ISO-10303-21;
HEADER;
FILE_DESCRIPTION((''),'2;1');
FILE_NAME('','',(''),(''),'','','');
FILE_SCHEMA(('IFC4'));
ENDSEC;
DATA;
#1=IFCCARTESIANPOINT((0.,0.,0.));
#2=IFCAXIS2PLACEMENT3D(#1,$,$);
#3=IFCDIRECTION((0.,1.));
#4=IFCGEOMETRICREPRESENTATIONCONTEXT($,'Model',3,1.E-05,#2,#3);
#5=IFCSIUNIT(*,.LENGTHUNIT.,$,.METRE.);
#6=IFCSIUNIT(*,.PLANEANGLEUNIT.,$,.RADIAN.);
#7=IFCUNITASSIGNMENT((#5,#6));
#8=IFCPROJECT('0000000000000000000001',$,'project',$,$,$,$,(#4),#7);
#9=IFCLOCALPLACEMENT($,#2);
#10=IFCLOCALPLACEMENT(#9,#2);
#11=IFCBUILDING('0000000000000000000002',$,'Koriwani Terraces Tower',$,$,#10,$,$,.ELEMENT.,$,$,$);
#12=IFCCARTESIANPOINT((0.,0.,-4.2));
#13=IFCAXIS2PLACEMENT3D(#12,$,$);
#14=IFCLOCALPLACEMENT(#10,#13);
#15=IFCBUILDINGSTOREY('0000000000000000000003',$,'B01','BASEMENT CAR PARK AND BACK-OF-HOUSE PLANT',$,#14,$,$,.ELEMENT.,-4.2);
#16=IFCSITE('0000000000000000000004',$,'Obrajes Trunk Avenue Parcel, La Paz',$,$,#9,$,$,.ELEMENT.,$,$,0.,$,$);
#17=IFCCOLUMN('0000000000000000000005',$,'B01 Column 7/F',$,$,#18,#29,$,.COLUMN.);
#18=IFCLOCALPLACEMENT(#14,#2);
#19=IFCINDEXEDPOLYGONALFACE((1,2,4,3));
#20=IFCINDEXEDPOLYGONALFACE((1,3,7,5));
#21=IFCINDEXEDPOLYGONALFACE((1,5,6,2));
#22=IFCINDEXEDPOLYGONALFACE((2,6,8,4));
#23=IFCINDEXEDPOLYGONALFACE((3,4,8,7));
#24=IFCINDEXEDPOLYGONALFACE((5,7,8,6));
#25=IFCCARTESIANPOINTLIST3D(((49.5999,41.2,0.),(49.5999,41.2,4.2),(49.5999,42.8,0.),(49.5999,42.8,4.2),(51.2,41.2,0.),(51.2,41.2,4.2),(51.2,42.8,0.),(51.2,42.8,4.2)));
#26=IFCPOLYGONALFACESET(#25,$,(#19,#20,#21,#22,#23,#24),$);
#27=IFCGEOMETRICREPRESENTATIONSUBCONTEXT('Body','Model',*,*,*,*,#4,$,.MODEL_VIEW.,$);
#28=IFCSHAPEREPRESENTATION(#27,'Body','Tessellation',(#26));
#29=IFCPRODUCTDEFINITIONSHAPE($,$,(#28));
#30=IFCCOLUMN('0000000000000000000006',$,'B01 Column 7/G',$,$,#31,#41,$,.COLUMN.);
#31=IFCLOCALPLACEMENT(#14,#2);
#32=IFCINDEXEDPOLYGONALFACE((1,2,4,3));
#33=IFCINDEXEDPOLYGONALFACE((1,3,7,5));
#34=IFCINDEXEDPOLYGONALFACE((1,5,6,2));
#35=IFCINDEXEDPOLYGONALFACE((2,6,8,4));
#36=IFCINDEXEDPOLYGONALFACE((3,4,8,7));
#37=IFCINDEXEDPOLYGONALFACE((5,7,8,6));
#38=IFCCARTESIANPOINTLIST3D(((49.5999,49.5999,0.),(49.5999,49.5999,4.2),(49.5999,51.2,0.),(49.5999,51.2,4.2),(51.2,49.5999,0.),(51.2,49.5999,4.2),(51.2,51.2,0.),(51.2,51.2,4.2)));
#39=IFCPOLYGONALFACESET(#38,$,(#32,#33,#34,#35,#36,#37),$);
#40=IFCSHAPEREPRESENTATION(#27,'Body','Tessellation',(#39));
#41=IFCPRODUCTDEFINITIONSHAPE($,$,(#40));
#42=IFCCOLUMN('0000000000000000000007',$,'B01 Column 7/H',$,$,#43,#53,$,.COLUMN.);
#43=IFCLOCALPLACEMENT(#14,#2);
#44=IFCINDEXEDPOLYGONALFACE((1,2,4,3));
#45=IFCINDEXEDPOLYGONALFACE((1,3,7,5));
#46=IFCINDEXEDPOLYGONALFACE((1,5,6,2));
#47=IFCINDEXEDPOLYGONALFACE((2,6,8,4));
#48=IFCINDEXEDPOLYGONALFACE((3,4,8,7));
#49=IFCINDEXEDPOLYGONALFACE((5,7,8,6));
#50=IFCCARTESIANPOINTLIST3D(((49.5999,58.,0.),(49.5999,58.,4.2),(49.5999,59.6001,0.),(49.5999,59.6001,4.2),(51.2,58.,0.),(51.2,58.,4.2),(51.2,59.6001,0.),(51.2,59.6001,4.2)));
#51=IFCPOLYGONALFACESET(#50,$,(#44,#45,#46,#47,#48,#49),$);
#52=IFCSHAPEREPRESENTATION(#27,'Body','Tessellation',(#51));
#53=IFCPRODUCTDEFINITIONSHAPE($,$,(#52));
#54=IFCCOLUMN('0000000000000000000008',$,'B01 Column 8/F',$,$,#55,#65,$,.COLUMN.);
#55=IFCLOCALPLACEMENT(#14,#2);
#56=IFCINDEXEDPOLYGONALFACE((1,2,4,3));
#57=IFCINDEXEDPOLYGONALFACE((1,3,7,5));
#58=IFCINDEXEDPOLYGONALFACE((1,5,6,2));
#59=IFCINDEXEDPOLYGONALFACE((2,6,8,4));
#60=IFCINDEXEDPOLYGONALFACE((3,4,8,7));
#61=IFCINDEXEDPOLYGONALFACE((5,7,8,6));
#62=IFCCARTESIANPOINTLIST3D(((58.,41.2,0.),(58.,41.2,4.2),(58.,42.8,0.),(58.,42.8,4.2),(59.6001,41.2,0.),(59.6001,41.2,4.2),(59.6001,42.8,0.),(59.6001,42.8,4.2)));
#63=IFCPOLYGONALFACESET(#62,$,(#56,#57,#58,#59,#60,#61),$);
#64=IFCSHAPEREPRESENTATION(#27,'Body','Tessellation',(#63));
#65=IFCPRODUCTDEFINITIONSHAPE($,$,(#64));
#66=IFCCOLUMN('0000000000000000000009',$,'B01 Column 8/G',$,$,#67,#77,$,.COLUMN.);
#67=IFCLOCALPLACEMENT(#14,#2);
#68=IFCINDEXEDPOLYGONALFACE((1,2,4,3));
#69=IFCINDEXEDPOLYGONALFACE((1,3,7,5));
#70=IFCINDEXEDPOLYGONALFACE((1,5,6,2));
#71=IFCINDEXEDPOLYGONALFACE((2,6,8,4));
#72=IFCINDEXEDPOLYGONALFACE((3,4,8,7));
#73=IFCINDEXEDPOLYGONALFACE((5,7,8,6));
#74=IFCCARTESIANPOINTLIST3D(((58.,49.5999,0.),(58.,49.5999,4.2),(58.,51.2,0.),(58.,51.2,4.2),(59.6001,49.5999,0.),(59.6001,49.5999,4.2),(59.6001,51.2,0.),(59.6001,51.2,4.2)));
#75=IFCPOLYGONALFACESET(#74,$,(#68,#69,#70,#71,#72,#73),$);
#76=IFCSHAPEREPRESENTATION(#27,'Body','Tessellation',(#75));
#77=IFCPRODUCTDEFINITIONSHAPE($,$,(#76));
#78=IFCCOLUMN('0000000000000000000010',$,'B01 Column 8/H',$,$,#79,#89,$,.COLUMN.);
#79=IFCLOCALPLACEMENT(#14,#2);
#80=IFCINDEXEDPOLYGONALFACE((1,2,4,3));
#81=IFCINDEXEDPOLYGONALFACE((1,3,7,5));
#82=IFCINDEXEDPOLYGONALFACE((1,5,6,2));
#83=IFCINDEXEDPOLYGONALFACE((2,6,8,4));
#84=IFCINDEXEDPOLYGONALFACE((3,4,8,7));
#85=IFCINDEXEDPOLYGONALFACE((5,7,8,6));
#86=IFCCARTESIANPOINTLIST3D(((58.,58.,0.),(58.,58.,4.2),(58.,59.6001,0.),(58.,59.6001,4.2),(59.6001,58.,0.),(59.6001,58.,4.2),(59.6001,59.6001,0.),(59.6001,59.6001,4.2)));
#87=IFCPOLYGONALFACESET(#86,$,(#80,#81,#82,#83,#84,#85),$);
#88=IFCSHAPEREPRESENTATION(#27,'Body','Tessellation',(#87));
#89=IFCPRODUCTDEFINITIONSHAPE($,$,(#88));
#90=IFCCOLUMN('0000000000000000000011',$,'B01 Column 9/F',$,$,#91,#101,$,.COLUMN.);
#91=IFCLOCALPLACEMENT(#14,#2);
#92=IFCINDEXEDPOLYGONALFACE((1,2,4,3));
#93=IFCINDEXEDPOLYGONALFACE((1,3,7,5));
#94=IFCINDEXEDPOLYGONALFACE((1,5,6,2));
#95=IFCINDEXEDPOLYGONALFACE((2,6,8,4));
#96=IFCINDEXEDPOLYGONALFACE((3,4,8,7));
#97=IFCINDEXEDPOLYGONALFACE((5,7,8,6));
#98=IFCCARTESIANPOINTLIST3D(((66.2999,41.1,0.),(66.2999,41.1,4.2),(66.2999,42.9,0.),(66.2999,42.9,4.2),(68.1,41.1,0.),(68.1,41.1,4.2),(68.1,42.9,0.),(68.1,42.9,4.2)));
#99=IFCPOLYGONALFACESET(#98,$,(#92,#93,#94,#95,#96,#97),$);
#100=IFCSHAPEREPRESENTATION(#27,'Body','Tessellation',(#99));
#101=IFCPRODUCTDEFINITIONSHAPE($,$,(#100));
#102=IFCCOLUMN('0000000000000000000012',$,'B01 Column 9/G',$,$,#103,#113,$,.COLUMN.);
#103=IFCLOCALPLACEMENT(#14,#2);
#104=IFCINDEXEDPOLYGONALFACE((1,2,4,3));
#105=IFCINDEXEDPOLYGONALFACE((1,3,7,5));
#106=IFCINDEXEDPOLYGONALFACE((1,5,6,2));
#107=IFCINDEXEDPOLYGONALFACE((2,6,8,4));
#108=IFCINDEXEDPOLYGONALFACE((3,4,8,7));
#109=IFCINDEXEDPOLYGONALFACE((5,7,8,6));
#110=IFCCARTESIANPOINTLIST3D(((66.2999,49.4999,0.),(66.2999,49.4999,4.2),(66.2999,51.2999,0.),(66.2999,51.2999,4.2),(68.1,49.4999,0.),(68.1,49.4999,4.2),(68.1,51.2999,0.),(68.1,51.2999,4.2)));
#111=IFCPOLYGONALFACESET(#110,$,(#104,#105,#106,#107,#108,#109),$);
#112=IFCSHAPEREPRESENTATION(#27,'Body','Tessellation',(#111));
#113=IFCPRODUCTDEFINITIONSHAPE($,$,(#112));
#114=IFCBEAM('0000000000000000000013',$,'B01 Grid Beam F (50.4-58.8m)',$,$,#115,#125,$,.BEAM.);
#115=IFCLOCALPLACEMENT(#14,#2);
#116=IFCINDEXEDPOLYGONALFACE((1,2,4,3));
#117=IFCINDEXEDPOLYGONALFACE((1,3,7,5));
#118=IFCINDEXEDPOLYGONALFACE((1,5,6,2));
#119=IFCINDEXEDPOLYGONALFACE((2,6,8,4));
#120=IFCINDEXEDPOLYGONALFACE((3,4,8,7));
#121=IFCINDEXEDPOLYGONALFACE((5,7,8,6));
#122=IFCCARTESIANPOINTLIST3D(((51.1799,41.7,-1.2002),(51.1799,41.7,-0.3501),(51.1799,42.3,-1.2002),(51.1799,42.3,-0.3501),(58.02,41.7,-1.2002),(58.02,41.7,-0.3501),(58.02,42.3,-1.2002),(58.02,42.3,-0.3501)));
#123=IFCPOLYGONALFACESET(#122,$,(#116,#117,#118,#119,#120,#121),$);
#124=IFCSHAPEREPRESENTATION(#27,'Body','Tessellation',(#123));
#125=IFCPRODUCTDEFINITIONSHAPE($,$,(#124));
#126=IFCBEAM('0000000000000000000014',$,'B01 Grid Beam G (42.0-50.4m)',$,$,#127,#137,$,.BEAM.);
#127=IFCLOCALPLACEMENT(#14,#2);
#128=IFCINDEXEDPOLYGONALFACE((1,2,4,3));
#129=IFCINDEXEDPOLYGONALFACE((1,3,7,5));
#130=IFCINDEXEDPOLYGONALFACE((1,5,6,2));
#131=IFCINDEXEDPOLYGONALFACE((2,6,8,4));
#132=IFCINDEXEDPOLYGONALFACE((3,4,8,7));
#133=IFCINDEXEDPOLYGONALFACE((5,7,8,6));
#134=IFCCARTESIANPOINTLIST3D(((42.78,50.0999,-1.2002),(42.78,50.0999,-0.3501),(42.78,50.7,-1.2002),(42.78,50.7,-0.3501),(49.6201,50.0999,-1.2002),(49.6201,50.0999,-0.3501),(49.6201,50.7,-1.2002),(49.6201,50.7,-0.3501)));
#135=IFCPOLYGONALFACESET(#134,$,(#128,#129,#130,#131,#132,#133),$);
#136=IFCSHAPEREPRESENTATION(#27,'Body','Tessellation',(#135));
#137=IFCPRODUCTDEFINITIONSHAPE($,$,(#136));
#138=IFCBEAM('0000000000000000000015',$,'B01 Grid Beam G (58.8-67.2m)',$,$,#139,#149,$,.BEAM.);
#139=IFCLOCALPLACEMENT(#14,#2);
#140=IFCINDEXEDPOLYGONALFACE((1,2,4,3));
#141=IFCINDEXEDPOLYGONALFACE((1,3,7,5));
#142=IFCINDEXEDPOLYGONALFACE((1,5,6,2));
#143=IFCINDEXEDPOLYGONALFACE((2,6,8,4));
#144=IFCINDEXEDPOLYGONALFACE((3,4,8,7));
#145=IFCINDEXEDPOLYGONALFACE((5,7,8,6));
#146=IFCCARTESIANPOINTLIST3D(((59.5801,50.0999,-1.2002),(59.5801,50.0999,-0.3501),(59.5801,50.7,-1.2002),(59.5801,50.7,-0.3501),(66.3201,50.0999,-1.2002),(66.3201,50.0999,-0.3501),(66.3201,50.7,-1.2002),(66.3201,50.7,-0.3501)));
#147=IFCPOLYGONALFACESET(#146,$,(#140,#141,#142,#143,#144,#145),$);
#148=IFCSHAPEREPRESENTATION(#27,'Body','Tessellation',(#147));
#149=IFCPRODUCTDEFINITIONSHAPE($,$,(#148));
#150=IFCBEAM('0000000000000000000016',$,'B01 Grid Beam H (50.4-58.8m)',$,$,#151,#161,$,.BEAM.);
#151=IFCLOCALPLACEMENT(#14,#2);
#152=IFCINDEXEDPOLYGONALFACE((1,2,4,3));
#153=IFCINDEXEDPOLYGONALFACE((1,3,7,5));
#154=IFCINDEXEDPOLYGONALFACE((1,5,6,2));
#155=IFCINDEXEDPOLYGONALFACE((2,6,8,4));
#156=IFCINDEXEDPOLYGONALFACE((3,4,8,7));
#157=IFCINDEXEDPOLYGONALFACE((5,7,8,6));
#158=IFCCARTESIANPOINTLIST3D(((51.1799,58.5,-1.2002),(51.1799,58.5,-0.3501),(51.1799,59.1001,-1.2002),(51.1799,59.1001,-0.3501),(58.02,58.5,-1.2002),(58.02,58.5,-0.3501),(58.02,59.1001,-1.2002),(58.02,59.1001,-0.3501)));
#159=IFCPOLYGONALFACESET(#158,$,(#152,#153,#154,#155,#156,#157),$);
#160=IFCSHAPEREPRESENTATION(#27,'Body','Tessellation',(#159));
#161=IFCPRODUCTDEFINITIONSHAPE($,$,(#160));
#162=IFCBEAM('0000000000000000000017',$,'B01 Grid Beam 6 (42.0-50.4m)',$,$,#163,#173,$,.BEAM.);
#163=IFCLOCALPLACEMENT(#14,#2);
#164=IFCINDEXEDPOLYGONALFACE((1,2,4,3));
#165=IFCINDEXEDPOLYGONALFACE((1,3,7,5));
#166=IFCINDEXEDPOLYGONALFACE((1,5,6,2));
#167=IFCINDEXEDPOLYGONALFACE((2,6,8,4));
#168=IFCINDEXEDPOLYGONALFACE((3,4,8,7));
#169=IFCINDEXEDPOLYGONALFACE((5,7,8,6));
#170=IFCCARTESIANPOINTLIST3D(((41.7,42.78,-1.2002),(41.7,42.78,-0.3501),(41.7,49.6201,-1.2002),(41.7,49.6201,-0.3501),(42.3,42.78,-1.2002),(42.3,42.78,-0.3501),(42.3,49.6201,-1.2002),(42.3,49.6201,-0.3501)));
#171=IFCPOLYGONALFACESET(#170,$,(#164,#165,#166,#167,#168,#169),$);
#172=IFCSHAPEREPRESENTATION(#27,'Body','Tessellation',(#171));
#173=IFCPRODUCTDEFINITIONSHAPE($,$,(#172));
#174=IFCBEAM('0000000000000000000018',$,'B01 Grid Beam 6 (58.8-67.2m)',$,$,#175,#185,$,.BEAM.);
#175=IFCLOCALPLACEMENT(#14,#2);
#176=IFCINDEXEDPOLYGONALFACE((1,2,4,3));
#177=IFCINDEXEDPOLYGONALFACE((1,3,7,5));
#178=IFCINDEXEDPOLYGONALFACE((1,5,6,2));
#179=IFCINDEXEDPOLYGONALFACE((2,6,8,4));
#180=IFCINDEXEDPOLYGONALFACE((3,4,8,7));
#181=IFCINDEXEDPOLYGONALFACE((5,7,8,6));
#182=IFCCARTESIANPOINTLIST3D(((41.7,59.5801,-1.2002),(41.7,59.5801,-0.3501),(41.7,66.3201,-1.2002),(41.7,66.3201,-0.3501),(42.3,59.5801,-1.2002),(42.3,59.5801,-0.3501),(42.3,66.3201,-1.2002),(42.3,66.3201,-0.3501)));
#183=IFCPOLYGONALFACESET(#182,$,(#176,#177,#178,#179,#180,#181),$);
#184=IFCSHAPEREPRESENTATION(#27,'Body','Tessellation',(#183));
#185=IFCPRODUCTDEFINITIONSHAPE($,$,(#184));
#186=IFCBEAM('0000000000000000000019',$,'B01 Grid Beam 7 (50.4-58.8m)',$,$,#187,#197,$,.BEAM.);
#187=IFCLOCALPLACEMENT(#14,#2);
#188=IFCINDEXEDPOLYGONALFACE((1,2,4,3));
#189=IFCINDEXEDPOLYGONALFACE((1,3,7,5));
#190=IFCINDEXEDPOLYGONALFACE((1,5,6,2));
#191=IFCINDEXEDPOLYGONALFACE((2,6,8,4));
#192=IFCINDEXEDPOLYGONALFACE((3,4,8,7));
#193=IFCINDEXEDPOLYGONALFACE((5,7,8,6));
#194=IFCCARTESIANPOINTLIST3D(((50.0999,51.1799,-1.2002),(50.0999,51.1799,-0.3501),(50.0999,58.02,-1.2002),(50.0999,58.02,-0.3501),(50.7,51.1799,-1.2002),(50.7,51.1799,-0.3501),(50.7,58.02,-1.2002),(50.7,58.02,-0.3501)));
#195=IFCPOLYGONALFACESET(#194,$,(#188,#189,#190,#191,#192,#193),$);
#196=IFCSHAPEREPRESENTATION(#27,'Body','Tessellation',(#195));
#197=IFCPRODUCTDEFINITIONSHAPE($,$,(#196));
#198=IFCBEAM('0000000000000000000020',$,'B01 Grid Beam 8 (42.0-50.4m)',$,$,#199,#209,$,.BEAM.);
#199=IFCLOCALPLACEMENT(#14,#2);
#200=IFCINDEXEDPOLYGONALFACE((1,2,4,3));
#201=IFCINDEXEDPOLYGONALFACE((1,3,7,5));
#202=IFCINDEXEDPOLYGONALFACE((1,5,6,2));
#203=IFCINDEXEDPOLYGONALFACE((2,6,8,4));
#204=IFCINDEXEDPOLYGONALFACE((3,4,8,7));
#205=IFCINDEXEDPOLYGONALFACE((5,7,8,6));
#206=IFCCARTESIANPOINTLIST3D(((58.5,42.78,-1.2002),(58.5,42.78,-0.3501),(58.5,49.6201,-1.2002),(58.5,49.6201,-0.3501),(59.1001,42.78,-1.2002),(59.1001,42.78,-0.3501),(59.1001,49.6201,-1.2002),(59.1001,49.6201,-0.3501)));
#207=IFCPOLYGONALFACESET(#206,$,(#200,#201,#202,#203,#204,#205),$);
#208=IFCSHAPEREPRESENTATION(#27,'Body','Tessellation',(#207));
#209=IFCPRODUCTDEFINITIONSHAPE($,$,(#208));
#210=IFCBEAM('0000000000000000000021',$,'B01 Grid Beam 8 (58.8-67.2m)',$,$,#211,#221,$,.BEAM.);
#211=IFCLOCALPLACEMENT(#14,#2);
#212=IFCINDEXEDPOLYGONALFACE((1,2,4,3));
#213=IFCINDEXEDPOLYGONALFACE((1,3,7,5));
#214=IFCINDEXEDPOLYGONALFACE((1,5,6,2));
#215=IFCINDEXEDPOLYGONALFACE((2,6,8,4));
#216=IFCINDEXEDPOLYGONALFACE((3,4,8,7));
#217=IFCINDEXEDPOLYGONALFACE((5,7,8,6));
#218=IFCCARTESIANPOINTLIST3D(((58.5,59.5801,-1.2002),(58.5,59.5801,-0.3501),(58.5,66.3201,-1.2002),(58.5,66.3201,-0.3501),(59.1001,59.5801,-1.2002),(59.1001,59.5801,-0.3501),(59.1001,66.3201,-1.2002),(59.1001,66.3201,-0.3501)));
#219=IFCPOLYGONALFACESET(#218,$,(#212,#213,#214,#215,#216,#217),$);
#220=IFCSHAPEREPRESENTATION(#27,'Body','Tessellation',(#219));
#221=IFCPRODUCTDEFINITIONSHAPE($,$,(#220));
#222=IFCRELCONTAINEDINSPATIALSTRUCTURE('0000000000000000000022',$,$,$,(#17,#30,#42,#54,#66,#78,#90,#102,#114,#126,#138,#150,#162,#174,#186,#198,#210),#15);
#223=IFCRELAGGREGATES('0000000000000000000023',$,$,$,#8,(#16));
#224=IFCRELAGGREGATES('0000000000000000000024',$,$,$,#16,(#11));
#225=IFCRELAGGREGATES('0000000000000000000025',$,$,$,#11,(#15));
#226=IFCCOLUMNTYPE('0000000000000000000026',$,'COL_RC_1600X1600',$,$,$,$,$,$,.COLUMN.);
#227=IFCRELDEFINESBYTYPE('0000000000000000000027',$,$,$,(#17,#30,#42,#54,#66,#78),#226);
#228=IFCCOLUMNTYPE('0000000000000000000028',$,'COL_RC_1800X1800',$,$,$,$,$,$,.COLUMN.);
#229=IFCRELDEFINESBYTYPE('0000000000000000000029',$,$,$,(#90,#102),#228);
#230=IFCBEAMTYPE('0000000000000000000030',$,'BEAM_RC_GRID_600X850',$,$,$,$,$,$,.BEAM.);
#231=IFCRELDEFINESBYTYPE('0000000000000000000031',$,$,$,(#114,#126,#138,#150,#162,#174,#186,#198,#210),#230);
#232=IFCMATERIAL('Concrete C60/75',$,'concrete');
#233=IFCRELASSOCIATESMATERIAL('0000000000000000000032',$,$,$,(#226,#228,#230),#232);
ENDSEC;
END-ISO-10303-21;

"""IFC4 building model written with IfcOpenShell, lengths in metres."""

from ifc_helpers import new_model, si_unit, direction, frame, origin, origin_2d, place, context, subcontext, project, spatial, rectangle, extrude, material, material_profile, profile_set, type_object, element, save


model = new_model("IFC4")

# Units and contexts
model_context = context("Model", 3, precision=1e-05, world=origin(), true_north=direction((0.0, 1.0)))
body_context = subcontext(model_context, "Body", "Model", "MODEL_VIEW")
ifc_project = project(units=[si_unit("LENGTHUNIT", "METRE"), si_unit("PLANEANGLEUNIT", "RADIAN")], contexts=[model_context])

# Site, building, storey
site_placement = place(None, origin())
site = spatial("IfcSite", under=ifc_project, at=site_placement, Name="Obrajes Trunk Avenue Parcel, La Paz", CompositionType="ELEMENT", RefElevation=0.0)
building_placement = place(site_placement, origin())
building = spatial("IfcBuilding", under=site, at=building_placement, Name="Koriwani Terraces Tower", CompositionType="ELEMENT")
storey_placement = place(building_placement, frame((0.0, 0.0, -4.2)))
storey = spatial("IfcBuildingStorey", under=building, at=storey_placement, Name="B01", Description="BASEMENT CAR PARK AND BACK-OF-HOUSE PLANT", CompositionType="ELEMENT", Elevation=-4.2)

# Columns
ifc_material_1 = material(Name="Concrete C60/75", Category="concrete")
ifc_material_profile_1 = material_profile(ifc_material_1, rectangle(XDim=1.6001, YDim=1.6001, at=origin_2d()), Name="Concrete C60/75", Category="LoadBearing")
ifc_profile_set_1 = profile_set([ifc_material_profile_1], Name="Concrete C60/75")
column_type_1 = type_object("IfcColumnType", Name="COL_RC_1600X1600", PredefinedType="COLUMN", material=ifc_profile_set_1)
for number, where, z_axis, x_axis, name in (
    (1, (50.3999, 42.0, 0.0), (0.0, 0.0, 1.0), (1.0, 0.0, 0.0), "B01 Column 7/F"),
    (2, (50.3999, 50.3999, 0.0), (0.0, 0.0, 1.0), (1.0, 0.0, 0.0), "B01 Column 7/G"),
    (3, (50.3999, 58.8, 0.0), (0.0, 0.0, 1.0), (1.0, 0.0, 0.0), "B01 Column 7/H"),
    (4, (58.8, 42.0, 0.0), (0.0, 0.0, 1.0), (1.0, 0.0, 0.0), "B01 Column 8/F"),
    (5, (58.8, 50.3999, 0.0), (0.0, 0.0, 1.0), (1.0, 0.0, 0.0), "B01 Column 8/G"),
    (6, (58.8, 58.8, 0.0), (0.0, 0.0, 1.0), (1.0, 0.0, 0.0), "B01 Column 8/H"),
):
    element("IfcColumn", number, at=place(storey_placement, frame(where, z_axis=z_axis, x_axis=x_axis)), inside=storey, type_object=column_type_1, Name=name, PredefinedType="COLUMN", context=body_context, shape_type="SweptSolid", body=[
        extrude(rectangle(XDim=1.6001, YDim=1.6001, at=origin_2d()), origin(), (0.0, 0.0, 1.0), 4.2),
    ])
ifc_material_profile_2 = material_profile(ifc_material_1, rectangle(XDim=1.8, YDim=1.8, at=origin_2d()), Name="Concrete C60/75", Category="LoadBearing")
ifc_profile_set_2 = profile_set([ifc_material_profile_2], Name="Concrete C60/75")
column_type_2 = type_object("IfcColumnType", Name="COL_RC_1800X1800", PredefinedType="COLUMN", material=ifc_profile_set_2)
for number, where, z_axis, x_axis, name in (
    (7, (67.2, 42.0, 0.0), (0.0, 0.0, 1.0), (1.0, 0.0, 0.0), "B01 Column 9/F"),
    (8, (67.2, 50.3999, 0.0), (0.0, 0.0, 1.0), (1.0, 0.0, 0.0), "B01 Column 9/G"),
):
    element("IfcColumn", number, at=place(storey_placement, frame(where, z_axis=z_axis, x_axis=x_axis)), inside=storey, type_object=column_type_2, Name=name, PredefinedType="COLUMN", context=body_context, shape_type="SweptSolid", body=[
        extrude(rectangle(XDim=1.8, YDim=1.8, at=origin_2d()), origin(), (0.0, 0.0, 1.0), 4.2),
    ])

# Beams
ifc_material_profile_3 = material_profile(ifc_material_1, rectangle(XDim=0.6001, YDim=0.8501, at=origin_2d()), Name="Concrete C60/75", Category="LoadBearing")
ifc_profile_set_3 = profile_set([ifc_material_profile_3], Name="Concrete C60/75")
beam_type_1 = type_object("IfcBeamType", Name="BEAM_RC_GRID_600X850", PredefinedType="BEAM", material=ifc_profile_set_3)
for number, where, z_axis, x_axis, name in (
    (9, (51.1799, 42.0, -0.7751), (1.0, 0.0, 0.0), (0.0, 1.0, 0.0), "B01 Grid Beam F (50.4-58.8m)"),
    (10, (42.78, 50.3999, -0.7751), (1.0, 0.0, 0.0), (0.0, 1.0, 0.0), "B01 Grid Beam G (42.0-50.4m)"),
):
    element("IfcBeam", number, at=place(storey_placement, frame(where, z_axis=z_axis, x_axis=x_axis)), inside=storey, type_object=beam_type_1, Name=name, PredefinedType="BEAM", context=body_context, shape_type="SweptSolid", body=[
        extrude(rectangle(XDim=0.6001, YDim=0.8501, at=origin_2d()), origin(), (0.0, 0.0, 1.0), 6.8401),
    ])
beam_1_placement = place(storey_placement, frame((59.5801, 50.3999, -0.7751), z_axis=(1.0, 0.0, 0.0), x_axis=(0.0, 1.0, 0.0)))
element("IfcBeam", 11, at=beam_1_placement, inside=storey, type_object=beam_type_1, Name="B01 Grid Beam G (58.8-67.2m)", PredefinedType="BEAM", context=body_context, shape_type="SweptSolid", body=[
    extrude(rectangle(XDim=0.6001, YDim=0.8501, at=origin_2d()), origin(), (0.0, 0.0, 1.0), 6.74),
])
for number, where, z_axis, x_axis, name in (
    (12, (51.1799, 58.8, -0.7751), (1.0, 0.0, 0.0), (0.0, 1.0, 0.0), "B01 Grid Beam H (50.4-58.8m)"),
    (13, (42.0, 42.78, -0.7751), (0.0, 1.0, 0.0), (-1.0, 0.0, 0.0), "B01 Grid Beam 6 (42.0-50.4m)"),
):
    element("IfcBeam", number, at=place(storey_placement, frame(where, z_axis=z_axis, x_axis=x_axis)), inside=storey, type_object=beam_type_1, Name=name, PredefinedType="BEAM", context=body_context, shape_type="SweptSolid", body=[
        extrude(rectangle(XDim=0.6001, YDim=0.8501, at=origin_2d()), origin(), (0.0, 0.0, 1.0), 6.8401),
    ])
beam_2_placement = place(storey_placement, frame((42.0, 59.5801, -0.7751), z_axis=(0.0, 1.0, 0.0), x_axis=(-1.0, 0.0, 0.0)))
element("IfcBeam", 14, at=beam_2_placement, inside=storey, type_object=beam_type_1, Name="B01 Grid Beam 6 (58.8-67.2m)", PredefinedType="BEAM", context=body_context, shape_type="SweptSolid", body=[
    extrude(rectangle(XDim=0.6001, YDim=0.8501, at=origin_2d()), origin(), (0.0, 0.0, 1.0), 6.74),
])
for number, where, z_axis, x_axis, name in (
    (15, (50.3999, 51.1799, -0.7751), (0.0, 1.0, 0.0), (-1.0, 0.0, 0.0), "B01 Grid Beam 7 (50.4-58.8m)"),
    (16, (58.8, 42.78, -0.7751), (0.0, 1.0, 0.0), (-1.0, 0.0, 0.0), "B01 Grid Beam 8 (42.0-50.4m)"),
):
    element("IfcBeam", number, at=place(storey_placement, frame(where, z_axis=z_axis, x_axis=x_axis)), inside=storey, type_object=beam_type_1, Name=name, PredefinedType="BEAM", context=body_context, shape_type="SweptSolid", body=[
        extrude(rectangle(XDim=0.6001, YDim=0.8501, at=origin_2d()), origin(), (0.0, 0.0, 1.0), 6.8401),
    ])
beam_3_placement = place(storey_placement, frame((58.8, 59.5801, -0.7751), z_axis=(0.0, 1.0, 0.0), x_axis=(-1.0, 0.0, 0.0)))
element("IfcBeam", 17, at=beam_3_placement, inside=storey, type_object=beam_type_1, Name="B01 Grid Beam 8 (58.8-67.2m)", PredefinedType="BEAM", context=body_context, shape_type="SweptSolid", body=[
    extrude(rectangle(XDim=0.6001, YDim=0.8501, at=origin_2d()), origin(), (0.0, 0.0, 1.0), 6.74),
])

save(model, "model.ifc")
